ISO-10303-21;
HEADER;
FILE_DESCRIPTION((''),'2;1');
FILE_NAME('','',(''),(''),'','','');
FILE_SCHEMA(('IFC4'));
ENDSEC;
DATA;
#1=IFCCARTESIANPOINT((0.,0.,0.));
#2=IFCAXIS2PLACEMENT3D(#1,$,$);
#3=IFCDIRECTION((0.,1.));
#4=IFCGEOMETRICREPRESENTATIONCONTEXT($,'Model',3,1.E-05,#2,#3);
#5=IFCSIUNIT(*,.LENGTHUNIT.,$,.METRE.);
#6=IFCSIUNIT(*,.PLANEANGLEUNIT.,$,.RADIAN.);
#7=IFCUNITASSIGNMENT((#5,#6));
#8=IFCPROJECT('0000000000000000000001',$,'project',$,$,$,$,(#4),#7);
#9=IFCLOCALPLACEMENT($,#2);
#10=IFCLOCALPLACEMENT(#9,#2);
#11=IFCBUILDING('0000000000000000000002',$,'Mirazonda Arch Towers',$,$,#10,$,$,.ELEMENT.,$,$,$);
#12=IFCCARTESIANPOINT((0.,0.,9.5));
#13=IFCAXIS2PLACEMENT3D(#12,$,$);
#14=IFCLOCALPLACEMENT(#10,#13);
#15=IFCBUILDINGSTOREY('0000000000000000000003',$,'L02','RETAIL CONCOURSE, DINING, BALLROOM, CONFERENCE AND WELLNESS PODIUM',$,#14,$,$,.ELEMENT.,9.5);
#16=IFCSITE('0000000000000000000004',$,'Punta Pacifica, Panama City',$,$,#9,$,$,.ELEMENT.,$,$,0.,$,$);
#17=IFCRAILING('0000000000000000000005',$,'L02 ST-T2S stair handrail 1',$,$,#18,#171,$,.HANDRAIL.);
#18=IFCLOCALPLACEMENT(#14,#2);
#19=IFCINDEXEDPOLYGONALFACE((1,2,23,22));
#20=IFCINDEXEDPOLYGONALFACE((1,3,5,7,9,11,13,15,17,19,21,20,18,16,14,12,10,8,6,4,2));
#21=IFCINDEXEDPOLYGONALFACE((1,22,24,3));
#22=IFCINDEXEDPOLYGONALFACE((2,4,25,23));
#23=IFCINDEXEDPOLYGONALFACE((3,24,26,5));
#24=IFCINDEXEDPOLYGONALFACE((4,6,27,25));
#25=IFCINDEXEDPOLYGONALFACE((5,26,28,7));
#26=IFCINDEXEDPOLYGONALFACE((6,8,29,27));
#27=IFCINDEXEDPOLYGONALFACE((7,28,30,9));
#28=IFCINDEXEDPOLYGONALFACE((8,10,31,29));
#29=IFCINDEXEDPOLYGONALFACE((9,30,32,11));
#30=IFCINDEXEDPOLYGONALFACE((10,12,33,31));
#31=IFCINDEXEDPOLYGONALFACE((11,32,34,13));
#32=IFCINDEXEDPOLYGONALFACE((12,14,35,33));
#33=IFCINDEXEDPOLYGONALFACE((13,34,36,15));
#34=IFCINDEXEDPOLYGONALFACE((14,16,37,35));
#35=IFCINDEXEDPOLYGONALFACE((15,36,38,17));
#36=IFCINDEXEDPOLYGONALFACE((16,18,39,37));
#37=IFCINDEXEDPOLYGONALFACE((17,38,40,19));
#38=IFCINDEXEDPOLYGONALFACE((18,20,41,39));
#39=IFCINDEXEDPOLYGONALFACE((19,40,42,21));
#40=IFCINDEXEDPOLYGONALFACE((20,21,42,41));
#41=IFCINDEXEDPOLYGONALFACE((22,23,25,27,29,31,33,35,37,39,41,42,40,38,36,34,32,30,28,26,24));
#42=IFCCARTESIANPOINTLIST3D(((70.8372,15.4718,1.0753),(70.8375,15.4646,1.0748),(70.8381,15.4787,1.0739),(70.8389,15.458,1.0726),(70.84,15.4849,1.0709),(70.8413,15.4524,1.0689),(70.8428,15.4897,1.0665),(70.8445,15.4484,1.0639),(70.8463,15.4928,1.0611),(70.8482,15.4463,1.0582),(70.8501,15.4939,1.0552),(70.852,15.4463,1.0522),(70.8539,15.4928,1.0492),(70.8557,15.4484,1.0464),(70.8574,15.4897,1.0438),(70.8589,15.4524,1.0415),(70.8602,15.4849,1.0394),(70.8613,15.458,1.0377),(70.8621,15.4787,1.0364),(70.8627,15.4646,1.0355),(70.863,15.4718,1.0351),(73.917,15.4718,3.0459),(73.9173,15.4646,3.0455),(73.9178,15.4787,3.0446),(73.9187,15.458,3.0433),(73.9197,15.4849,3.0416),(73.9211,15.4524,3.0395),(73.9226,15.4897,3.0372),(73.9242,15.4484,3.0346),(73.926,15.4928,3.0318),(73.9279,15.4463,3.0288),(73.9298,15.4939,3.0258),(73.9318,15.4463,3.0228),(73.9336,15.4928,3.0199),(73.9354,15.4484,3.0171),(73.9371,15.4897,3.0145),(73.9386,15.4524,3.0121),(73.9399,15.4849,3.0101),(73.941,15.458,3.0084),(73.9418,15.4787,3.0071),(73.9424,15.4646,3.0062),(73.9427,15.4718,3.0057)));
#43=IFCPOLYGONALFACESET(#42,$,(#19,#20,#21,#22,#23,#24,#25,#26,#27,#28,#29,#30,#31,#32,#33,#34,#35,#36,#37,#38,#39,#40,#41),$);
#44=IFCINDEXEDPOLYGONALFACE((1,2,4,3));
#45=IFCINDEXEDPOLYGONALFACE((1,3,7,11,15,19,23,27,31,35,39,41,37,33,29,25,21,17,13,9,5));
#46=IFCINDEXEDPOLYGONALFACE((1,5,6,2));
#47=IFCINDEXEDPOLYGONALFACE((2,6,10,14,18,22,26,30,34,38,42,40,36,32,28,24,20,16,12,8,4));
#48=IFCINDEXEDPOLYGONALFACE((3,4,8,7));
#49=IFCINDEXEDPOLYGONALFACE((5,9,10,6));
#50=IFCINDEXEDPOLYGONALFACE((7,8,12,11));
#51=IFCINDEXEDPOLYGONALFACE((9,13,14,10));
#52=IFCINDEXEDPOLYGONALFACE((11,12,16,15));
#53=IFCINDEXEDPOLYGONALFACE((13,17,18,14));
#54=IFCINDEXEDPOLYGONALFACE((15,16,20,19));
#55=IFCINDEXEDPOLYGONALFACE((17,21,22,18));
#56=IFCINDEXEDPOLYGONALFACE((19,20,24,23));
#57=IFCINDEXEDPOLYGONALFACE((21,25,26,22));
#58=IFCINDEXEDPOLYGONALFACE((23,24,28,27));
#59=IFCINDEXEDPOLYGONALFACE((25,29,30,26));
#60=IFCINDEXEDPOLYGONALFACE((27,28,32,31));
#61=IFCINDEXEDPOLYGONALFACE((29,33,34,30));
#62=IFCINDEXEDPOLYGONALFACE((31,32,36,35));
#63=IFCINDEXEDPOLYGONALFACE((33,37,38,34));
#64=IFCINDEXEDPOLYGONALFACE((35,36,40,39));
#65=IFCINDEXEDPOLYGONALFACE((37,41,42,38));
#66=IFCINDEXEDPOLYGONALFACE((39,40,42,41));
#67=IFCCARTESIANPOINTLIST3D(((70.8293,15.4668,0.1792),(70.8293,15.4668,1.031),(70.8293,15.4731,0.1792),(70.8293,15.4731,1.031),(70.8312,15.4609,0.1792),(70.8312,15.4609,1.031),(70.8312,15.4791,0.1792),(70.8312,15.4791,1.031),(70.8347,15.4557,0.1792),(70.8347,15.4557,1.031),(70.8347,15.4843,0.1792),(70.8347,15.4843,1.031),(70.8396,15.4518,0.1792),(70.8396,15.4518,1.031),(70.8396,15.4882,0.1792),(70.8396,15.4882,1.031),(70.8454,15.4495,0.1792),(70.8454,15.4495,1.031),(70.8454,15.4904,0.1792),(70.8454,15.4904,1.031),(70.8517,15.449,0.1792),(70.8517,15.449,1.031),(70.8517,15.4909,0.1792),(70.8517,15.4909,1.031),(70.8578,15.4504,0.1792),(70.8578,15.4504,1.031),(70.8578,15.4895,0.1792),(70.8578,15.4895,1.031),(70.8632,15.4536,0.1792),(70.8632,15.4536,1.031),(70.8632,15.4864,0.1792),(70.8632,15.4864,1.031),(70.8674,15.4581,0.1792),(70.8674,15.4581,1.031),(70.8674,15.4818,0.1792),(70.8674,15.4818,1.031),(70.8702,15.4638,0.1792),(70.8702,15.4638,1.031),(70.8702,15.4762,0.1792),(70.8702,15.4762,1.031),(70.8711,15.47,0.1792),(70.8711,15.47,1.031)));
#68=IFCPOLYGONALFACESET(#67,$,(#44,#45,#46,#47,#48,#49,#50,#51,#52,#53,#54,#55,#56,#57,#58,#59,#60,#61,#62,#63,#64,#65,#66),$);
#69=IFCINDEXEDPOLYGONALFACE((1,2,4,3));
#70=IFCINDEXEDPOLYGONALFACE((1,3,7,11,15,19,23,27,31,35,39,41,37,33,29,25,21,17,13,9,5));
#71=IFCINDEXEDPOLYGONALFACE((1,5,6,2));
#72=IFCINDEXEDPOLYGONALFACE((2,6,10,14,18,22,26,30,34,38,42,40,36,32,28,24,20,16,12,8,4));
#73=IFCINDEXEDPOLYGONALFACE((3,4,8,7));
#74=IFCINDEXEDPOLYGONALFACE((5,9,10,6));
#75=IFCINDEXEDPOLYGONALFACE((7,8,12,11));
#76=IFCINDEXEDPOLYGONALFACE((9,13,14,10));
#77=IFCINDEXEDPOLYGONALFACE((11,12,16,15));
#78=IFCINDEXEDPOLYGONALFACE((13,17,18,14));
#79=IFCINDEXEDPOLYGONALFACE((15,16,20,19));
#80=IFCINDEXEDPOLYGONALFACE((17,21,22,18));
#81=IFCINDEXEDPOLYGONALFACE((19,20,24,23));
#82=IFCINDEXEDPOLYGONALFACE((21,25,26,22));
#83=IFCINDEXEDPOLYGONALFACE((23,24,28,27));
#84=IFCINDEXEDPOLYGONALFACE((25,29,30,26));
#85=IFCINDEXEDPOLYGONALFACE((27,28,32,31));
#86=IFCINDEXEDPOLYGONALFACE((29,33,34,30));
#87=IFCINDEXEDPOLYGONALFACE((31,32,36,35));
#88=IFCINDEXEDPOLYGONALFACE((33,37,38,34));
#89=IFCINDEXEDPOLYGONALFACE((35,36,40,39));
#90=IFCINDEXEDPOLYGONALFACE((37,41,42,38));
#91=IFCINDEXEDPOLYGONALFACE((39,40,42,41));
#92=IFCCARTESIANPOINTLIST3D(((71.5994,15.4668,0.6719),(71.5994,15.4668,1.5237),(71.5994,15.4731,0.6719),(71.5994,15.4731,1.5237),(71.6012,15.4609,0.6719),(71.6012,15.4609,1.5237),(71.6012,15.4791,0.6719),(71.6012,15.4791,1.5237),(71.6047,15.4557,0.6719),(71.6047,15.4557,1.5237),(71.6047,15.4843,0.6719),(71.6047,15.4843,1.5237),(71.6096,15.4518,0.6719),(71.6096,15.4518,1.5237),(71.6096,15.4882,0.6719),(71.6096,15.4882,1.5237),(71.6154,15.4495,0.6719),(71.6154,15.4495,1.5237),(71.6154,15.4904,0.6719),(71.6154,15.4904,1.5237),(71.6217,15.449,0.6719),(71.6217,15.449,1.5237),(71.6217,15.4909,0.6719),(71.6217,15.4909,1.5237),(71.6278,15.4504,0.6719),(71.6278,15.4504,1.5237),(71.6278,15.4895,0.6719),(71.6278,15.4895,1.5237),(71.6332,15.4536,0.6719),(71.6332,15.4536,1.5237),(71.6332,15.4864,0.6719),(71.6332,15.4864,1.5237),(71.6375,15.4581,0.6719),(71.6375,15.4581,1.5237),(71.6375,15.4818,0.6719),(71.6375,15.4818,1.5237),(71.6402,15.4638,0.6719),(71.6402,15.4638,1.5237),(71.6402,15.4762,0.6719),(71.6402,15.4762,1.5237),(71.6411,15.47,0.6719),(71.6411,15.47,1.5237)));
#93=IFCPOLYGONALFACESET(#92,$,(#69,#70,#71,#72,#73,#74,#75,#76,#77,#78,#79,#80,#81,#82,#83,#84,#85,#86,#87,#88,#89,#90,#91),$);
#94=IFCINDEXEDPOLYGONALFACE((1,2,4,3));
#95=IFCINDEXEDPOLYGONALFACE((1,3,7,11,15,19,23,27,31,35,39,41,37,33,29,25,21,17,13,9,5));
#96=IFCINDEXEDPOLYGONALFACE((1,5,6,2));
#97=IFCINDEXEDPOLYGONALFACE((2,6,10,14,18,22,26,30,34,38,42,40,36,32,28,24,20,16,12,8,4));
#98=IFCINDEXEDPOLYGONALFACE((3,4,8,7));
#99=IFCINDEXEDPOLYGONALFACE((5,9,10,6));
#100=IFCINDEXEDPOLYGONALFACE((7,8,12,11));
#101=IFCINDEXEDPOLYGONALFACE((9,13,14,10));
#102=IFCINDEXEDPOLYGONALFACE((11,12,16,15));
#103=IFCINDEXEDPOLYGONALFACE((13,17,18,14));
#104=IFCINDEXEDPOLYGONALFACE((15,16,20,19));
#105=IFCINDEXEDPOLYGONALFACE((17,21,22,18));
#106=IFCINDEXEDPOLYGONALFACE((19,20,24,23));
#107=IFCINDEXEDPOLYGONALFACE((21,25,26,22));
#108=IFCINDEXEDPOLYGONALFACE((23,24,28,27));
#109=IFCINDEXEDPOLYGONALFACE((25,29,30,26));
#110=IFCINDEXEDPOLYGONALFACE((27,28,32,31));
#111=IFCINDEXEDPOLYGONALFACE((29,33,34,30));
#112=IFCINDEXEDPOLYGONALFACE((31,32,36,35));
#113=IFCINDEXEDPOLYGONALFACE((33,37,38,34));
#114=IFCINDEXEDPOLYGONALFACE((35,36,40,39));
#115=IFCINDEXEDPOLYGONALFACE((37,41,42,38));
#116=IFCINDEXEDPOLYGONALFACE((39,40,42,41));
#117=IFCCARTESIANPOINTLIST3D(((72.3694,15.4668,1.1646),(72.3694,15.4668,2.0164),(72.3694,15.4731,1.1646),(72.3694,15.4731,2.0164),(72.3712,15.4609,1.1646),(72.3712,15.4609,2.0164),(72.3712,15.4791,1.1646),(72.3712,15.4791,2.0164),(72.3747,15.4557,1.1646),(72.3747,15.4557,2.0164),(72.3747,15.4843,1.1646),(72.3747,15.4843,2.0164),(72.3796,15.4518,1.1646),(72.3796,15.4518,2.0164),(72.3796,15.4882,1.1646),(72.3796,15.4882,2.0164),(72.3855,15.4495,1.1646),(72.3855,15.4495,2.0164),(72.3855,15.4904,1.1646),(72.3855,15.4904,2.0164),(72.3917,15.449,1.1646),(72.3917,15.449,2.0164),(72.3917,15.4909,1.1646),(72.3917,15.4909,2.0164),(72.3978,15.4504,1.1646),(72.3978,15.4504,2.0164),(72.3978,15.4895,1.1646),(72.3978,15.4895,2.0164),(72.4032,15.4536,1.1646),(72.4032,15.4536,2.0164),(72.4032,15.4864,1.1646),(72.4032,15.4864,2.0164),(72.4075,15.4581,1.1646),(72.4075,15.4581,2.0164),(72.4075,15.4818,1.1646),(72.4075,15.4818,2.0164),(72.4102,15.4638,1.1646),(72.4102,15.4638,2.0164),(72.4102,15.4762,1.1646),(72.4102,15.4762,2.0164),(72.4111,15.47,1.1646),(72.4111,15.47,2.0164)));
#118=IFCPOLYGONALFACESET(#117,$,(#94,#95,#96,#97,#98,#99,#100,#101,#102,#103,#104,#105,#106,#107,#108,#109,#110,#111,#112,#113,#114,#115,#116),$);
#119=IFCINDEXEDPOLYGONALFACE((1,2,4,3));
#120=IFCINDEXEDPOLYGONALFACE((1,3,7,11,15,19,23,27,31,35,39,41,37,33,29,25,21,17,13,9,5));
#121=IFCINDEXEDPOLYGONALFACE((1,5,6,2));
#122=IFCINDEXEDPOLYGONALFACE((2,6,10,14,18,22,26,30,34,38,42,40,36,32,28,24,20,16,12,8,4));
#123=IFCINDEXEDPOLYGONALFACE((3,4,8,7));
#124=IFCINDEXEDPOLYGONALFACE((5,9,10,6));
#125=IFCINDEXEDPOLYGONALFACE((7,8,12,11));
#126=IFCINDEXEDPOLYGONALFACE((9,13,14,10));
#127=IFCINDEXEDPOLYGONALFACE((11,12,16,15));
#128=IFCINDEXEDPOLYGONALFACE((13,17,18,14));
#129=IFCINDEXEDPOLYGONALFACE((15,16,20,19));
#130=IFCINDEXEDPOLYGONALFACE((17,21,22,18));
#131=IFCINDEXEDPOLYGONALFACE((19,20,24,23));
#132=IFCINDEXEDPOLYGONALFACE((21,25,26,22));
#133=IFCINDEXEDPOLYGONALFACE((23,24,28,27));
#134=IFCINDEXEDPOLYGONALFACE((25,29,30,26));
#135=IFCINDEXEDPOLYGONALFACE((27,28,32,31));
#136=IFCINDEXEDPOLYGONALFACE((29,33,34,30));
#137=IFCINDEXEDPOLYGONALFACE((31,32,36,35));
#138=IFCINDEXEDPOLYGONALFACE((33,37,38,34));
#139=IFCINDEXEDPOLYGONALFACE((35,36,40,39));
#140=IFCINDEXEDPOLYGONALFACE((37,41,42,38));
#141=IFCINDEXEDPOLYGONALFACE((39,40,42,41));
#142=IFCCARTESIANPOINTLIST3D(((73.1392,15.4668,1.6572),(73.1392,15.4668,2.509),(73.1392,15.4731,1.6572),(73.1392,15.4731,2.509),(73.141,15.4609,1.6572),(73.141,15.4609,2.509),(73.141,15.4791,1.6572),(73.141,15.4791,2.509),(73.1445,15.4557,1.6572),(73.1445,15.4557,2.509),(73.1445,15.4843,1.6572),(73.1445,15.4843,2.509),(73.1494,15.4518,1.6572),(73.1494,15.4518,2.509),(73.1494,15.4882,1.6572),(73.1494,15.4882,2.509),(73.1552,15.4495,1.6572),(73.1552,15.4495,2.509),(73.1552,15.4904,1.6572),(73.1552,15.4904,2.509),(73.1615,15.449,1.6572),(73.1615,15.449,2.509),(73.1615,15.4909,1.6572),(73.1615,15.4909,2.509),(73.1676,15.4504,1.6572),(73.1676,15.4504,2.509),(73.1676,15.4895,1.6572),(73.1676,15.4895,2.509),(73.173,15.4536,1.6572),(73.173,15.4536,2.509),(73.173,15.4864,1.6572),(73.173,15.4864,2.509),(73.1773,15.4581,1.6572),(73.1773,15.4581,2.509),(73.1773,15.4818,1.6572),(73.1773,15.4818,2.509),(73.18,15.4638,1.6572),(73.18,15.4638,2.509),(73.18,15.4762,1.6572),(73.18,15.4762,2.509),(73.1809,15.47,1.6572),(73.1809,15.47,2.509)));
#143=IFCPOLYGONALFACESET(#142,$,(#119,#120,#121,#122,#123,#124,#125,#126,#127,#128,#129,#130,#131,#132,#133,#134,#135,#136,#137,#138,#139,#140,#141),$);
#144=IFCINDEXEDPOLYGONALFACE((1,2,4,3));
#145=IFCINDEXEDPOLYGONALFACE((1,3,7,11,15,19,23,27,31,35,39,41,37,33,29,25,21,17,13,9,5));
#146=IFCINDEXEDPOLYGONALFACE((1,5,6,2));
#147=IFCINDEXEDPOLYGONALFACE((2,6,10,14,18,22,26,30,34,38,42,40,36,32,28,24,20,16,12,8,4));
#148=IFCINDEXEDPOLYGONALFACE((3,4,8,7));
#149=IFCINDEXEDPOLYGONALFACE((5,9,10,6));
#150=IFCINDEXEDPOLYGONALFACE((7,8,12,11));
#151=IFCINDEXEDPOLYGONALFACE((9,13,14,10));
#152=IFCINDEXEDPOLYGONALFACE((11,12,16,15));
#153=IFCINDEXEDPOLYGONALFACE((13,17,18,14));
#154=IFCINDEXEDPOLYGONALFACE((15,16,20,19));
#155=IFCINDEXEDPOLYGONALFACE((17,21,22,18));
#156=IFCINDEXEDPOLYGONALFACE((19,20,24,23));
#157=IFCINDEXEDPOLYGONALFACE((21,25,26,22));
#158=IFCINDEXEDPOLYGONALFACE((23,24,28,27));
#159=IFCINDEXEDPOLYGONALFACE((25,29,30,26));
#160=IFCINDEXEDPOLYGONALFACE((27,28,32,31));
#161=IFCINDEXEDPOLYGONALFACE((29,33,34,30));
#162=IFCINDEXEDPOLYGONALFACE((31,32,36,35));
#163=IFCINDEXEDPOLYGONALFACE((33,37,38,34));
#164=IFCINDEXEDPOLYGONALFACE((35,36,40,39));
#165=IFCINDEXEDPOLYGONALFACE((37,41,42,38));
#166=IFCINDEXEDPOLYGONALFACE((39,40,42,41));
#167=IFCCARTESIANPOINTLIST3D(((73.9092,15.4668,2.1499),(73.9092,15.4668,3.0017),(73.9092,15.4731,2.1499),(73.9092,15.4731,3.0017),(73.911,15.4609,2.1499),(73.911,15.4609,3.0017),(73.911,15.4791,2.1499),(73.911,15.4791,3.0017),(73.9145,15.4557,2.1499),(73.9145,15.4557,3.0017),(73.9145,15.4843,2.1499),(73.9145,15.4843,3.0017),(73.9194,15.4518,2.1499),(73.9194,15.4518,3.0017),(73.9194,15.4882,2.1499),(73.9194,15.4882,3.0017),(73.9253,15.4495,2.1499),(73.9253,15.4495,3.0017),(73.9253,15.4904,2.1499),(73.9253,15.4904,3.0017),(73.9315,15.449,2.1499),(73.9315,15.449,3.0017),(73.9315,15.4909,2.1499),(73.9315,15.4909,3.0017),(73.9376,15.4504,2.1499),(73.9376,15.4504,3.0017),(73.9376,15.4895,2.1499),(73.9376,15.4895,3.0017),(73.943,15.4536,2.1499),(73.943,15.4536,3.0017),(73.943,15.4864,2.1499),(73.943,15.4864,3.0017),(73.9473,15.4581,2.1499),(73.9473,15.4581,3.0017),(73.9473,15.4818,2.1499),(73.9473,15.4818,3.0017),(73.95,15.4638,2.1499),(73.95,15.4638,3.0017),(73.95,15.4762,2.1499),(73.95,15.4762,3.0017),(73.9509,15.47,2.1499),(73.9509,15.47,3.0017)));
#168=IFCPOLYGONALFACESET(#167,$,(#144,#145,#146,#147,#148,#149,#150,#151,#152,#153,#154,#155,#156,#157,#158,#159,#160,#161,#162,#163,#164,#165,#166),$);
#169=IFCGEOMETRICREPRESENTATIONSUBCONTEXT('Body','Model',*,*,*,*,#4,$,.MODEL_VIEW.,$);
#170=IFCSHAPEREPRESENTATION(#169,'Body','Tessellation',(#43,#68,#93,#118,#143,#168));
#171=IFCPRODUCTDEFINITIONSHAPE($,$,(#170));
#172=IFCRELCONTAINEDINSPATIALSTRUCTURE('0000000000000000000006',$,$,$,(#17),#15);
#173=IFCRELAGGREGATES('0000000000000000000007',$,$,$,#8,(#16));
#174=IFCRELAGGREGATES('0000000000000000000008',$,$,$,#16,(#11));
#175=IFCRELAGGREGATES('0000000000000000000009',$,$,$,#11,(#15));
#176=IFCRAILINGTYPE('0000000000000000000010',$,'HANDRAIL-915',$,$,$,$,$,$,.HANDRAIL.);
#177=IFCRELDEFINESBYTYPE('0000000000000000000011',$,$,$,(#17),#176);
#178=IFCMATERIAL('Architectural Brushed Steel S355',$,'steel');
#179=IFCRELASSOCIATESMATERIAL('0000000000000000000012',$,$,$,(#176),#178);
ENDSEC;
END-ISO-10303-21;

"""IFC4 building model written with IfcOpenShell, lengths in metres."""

from ifc_helpers import new_model, si_unit, direction, frame, origin, origin_2d, place, context, subcontext, project, spatial, circle, extrude, material, type_object, element, save


model = new_model("IFC4")

# Units and contexts
model_context = context("Model", 3, precision=1e-05, world=origin(), true_north=direction((0.0, 1.0)))
body_context = subcontext(model_context, "Body", "Model", "MODEL_VIEW")
ifc_project = project(units=[si_unit("LENGTHUNIT", "METRE"), si_unit("PLANEANGLEUNIT", "RADIAN")], contexts=[model_context])

# Site, building, storey
site_placement = place(None, origin())
site = spatial("IfcSite", under=ifc_project, at=site_placement, Name="Punta Pacifica, Panama City", CompositionType="ELEMENT", RefElevation=0.0)
building_placement = place(site_placement, origin())
building = spatial("IfcBuilding", under=site, at=building_placement, Name="Mirazonda Arch Towers", CompositionType="ELEMENT")
storey_placement = place(building_placement, frame((0.0, 0.0, 9.5)))
storey = spatial("IfcBuildingStorey", under=building, at=storey_placement, Name="L02", Description="RETAIL CONCOURSE, DINING, BALLROOM, CONFERENCE AND WELLNESS PODIUM", CompositionType="ELEMENT", Elevation=9.5)

# Railing
ifc_material_1 = material(Name="Architectural Brushed Steel S355", Category="steel")
railing_type_1 = type_object("IfcRailingType", Name="HANDRAIL-915", PredefinedType="HANDRAIL", material=ifc_material_1)
railing_1_placement = place(storey_placement, frame((70.8501, 15.47, 0.1792)))
element("IfcRailing", 1, at=railing_1_placement, inside=storey, type_object=railing_type_1, Name="L02 ST-T2S stair handrail 1", PredefinedType="HANDRAIL", context=body_context, shape_type="SweptSolid", body=[
    extrude(circle(Radius=0.0239, at=origin_2d()), frame((0.0, 0.0, 0.876), z_axis=(0.84232, 0.0, 0.538978), x_axis=(0.0, 1.0, 0.0)), (0.0, 0.0, 1.0), 3.6562),
    extrude(circle(Radius=0.021, at=origin_2d()), origin(), (0.0, 0.0, 1.0), 0.8518),
    extrude(circle(Radius=0.021, at=origin_2d()), frame((0.77, 0.0, 0.4927)), (0.0, 0.0, 1.0), 0.8518),
    extrude(circle(Radius=0.021, at=origin_2d()), frame((1.54, 0.0, 0.9854)), (0.0, 0.0, 1.0), 0.8518),
    extrude(circle(Radius=0.021, at=origin_2d()), frame((2.3098, 0.0, 1.478)), (0.0, 0.0, 1.0), 0.8518),
    extrude(circle(Radius=0.021, at=origin_2d()), frame((3.0798, 0.0, 1.9707)), (0.0, 0.0, 1.0), 0.8518),
])

save(model, "model.ifc")
